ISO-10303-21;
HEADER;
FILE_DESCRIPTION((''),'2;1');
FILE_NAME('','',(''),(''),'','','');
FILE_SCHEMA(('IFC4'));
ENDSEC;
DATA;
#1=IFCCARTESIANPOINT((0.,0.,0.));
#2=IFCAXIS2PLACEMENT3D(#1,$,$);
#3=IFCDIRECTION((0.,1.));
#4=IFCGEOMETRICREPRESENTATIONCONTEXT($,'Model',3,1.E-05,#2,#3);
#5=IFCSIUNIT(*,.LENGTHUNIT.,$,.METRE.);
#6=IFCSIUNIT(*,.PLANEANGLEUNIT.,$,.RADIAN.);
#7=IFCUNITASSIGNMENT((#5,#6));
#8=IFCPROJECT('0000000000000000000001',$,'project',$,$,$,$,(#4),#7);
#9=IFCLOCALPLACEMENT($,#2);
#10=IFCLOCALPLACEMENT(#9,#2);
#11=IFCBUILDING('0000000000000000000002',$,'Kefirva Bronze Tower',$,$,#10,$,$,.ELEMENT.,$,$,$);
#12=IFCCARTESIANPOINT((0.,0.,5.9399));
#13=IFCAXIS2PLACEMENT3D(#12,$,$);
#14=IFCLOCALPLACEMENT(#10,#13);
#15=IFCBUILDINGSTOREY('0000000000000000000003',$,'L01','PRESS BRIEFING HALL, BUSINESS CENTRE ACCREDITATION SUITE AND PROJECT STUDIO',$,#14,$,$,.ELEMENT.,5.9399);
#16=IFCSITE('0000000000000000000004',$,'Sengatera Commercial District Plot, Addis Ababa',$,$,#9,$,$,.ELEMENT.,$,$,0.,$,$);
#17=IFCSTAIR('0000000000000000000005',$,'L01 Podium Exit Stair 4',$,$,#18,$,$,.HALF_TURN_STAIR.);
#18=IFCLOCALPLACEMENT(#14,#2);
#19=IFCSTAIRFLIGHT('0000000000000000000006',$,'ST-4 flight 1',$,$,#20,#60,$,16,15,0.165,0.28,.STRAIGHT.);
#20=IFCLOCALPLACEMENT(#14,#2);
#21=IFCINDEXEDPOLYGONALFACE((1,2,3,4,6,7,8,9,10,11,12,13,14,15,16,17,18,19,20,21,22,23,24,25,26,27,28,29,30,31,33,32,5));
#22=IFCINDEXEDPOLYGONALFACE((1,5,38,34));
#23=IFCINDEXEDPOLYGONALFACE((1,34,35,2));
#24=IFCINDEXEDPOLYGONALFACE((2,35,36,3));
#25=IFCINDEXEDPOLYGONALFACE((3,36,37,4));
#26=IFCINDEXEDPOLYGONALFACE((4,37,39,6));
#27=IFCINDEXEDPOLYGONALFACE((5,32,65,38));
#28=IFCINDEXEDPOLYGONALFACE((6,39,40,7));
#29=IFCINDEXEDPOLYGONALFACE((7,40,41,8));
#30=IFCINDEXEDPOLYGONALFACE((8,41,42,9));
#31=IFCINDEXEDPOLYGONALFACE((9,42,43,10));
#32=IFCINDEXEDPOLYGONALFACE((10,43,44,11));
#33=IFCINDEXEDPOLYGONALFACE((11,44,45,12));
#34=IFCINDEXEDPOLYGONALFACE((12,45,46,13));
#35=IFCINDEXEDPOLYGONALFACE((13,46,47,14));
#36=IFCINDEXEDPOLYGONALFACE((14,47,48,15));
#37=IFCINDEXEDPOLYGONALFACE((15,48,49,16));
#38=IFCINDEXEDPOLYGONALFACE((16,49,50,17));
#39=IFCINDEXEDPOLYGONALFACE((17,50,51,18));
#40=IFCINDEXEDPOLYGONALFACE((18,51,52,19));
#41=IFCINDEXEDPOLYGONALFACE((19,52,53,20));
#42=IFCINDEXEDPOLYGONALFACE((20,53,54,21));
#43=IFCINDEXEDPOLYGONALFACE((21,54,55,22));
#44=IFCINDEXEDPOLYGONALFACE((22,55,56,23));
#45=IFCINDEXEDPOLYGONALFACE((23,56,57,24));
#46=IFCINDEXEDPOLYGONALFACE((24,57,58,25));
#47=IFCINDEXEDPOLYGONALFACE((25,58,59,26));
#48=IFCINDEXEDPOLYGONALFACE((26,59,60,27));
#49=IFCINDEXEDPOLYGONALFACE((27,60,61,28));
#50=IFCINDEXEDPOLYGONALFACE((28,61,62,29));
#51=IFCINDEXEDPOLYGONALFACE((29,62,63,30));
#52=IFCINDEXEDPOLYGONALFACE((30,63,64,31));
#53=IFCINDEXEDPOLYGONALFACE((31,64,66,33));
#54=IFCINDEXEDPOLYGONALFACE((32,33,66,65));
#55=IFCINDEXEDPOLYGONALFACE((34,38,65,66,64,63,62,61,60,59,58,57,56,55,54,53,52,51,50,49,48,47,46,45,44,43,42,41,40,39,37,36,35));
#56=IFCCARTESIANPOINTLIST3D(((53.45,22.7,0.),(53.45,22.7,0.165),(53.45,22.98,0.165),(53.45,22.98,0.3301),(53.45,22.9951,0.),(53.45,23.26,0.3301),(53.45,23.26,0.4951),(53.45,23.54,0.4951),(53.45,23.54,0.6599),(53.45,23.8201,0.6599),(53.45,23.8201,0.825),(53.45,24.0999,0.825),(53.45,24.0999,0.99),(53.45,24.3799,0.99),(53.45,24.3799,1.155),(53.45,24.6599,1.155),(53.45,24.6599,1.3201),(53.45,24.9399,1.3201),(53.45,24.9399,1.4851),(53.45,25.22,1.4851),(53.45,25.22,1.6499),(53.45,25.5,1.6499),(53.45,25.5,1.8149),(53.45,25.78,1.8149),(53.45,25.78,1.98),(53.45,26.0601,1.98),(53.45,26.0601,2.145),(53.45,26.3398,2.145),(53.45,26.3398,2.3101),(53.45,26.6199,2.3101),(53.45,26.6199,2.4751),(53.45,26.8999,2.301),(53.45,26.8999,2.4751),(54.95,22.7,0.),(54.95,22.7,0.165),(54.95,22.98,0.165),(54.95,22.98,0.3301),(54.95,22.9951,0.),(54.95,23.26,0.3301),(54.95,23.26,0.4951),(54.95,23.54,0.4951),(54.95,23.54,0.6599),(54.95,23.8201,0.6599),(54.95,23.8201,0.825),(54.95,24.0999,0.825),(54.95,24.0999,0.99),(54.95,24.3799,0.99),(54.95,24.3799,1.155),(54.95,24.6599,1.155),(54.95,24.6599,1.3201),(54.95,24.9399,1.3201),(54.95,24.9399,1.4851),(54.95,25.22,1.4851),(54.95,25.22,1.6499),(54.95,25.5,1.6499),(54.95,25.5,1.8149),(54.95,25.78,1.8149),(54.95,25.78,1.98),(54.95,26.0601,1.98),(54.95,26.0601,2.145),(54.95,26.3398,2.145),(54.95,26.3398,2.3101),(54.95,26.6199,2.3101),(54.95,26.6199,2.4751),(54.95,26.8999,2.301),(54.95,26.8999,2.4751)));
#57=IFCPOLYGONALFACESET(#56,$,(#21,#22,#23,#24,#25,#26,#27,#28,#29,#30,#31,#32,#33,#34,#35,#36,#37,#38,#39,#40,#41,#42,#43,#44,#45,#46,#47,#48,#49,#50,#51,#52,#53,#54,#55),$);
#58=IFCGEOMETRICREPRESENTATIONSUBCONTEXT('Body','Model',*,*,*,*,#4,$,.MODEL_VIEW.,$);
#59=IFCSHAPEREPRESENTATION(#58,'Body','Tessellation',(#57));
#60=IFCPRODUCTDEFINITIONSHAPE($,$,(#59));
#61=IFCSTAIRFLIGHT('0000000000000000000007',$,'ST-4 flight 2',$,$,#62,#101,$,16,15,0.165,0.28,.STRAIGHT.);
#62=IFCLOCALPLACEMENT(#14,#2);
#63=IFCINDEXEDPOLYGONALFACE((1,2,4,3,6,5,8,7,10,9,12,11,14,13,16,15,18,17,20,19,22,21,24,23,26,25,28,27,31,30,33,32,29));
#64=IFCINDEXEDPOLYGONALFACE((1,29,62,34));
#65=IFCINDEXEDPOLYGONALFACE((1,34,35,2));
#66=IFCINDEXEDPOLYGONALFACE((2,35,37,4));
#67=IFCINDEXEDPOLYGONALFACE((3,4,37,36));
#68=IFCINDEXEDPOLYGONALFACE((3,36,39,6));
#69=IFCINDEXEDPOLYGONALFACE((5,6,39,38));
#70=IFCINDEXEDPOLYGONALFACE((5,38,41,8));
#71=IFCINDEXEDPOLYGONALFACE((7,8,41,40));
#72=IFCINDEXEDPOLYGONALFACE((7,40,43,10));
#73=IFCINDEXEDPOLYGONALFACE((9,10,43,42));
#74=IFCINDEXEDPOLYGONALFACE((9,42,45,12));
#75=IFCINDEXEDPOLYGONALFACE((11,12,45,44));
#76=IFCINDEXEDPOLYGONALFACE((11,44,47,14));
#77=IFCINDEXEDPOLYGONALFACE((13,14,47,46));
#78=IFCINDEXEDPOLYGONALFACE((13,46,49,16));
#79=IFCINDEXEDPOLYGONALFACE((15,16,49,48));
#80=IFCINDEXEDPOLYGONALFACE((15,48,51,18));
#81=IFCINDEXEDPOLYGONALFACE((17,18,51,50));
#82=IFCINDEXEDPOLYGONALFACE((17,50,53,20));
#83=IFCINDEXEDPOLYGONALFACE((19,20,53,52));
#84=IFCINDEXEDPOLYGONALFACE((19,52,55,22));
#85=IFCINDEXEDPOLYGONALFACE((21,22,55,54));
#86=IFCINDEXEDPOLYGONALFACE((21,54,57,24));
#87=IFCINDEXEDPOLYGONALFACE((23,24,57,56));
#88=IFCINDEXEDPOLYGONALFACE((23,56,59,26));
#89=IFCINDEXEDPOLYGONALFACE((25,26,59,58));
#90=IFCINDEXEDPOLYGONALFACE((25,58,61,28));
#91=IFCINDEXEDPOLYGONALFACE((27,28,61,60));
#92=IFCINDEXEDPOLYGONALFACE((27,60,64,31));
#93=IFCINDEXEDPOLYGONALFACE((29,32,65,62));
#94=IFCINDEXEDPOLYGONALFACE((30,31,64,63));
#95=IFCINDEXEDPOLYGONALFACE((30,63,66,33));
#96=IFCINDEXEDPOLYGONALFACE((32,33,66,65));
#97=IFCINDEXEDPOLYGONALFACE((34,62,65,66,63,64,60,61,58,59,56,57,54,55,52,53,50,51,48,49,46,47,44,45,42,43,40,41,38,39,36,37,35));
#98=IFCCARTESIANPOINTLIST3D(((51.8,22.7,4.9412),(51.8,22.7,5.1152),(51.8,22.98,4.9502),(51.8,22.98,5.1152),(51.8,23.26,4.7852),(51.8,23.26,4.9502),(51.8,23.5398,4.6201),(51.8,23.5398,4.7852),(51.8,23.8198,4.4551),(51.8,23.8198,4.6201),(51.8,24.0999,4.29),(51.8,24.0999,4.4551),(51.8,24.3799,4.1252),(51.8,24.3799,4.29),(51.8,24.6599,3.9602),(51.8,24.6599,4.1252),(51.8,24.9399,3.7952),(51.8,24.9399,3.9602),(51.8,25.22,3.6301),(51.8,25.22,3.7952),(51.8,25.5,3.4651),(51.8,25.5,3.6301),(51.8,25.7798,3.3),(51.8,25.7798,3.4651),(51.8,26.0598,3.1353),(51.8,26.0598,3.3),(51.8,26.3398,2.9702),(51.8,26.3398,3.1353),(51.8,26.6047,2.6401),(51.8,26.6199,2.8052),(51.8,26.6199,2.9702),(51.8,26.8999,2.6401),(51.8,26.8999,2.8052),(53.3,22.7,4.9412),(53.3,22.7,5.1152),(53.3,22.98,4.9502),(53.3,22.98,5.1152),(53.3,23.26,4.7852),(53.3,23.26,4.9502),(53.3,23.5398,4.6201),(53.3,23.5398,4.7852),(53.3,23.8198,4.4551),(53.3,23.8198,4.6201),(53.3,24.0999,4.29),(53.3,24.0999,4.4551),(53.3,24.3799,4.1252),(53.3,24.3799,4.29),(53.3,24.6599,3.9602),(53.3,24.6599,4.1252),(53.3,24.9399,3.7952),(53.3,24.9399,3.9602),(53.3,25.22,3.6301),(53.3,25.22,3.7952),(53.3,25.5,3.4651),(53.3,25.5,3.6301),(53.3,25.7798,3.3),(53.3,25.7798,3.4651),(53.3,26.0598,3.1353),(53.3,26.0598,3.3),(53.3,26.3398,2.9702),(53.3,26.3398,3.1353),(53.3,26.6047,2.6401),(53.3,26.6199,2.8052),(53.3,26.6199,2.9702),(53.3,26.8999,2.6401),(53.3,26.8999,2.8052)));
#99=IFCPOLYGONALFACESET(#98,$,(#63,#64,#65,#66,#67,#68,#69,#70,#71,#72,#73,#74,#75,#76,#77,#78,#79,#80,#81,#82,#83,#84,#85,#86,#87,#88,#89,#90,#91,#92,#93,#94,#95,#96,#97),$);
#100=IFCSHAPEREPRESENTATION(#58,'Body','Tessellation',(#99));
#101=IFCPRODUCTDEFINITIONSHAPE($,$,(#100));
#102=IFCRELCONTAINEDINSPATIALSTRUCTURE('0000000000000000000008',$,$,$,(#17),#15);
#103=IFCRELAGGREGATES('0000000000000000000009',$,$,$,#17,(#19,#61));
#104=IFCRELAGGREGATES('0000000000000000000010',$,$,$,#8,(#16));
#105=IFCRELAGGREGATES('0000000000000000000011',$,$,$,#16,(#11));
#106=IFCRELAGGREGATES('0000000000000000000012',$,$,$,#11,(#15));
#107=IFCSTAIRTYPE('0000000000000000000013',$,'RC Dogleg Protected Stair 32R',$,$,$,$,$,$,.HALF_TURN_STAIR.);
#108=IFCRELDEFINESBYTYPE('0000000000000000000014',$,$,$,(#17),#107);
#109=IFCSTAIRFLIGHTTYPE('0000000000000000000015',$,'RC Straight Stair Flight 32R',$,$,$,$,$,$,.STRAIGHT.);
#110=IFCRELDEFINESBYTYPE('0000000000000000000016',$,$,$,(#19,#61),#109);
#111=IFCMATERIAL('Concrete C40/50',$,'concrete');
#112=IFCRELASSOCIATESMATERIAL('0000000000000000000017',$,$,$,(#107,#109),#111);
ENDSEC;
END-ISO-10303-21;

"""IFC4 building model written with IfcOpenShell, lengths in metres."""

from ifc_helpers import new_model, si_unit, direction, frame, origin, place, context, subcontext, project, spatial, polyline, outline, extrude, material, type_object, element, aggregate, save


model = new_model("IFC4")

# Units and contexts
model_context = context("Model", 3, precision=1e-05, world=origin(), true_north=direction((0.0, 1.0)))
body_context = subcontext(model_context, "Body", "Model", "MODEL_VIEW")
ifc_project = project(units=[si_unit("LENGTHUNIT", "METRE"), si_unit("PLANEANGLEUNIT", "RADIAN")], contexts=[model_context])

# Site, building, storey
site_placement = place(None, origin())
site = spatial("IfcSite", under=ifc_project, at=site_placement, Name="Sengatera Commercial District Plot, Addis Ababa", CompositionType="ELEMENT", RefElevation=0.0)
building_placement = place(site_placement, origin())
building = spatial("IfcBuilding", under=site, at=building_placement, Name="Kefirva Bronze Tower", CompositionType="ELEMENT")
storey_placement = place(building_placement, frame((0.0, 0.0, 5.9399)))
storey = spatial("IfcBuildingStorey", under=building, at=storey_placement, Name="L01", Description="PRESS BRIEFING HALL, BUSINESS CENTRE ACCREDITATION SUITE AND PROJECT STUDIO", CompositionType="ELEMENT", Elevation=5.9399)

# Stair, stair flights
ifc_material_1 = material(Name="Concrete C40/50", Category="concrete")
stair_type = type_object("IfcStairType", Name="RC Dogleg Protected Stair 32R", PredefinedType="HALF_TURN_STAIR", material=ifc_material_1)
stair_placement = place(storey_placement, origin())
stair = element("IfcStair", 1, at=stair_placement, inside=storey, type_object=stair_type, Name="L01 Podium Exit Stair 4", PredefinedType="HALF_TURN_STAIR")
stair_flight_type = type_object("IfcStairFlightType", Name="RC Straight Stair Flight 32R", PredefinedType="STRAIGHT", material=ifc_material_1)
stair_flight_1_placement = place(storey_placement, frame((54.2, 22.7, 0.0), z_axis=(0.0, 0.0, 1.0), x_axis=(0.0, 1.0, 0.0)))
stair_flight_1 = element("IfcStairFlight", 2, at=stair_flight_1_placement, type_object=stair_flight_type, Name="ST-4 flight 1", NumberOfRisers=16, NumberOfTreads=15, PredefinedType="STRAIGHT", RiserHeight=0.165, TreadLength=0.28, context=body_context, shape_type="SweptSolid", body=[
    extrude(outline(polyline([(0.0, 0.0), (0.0, 0.165), (0.28, 0.165), (0.28, 0.3301), (0.5601, 0.3301), (0.5601, 0.4951), (0.8401, 0.4951), (0.8401, 0.6599), (1.1201, 0.6599), (1.1201, 0.825), (1.3999, 0.825), (1.3999, 0.99), (1.6799, 0.99), (1.6799, 1.155), (1.96, 1.155), (1.96, 1.3201), (2.24, 1.3201), (2.24, 1.4851), (2.52, 1.4851), (2.52, 1.6499), (2.8, 1.6499), (2.8, 1.8149), (3.0801, 1.8149), (3.0801, 1.98), (3.3601, 1.98), (3.3601, 2.145), (3.6399, 2.145), (3.6399, 2.3101), (3.9199, 2.3101), (3.9199, 2.4751), (4.2, 2.4751), (4.2, 2.6399), (4.2, 2.301), (0.2952, 0.0), (0.0, 0.0)])), frame((0.0, 0.75, 0.0), z_axis=(0.0, -1.0, 0.0), x_axis=(1.0, 0.0, 0.0)), (0.0, 0.0, 1.0), 1.5),
])
stair_flight_2_placement = place(storey_placement, frame((52.55, 26.8999, 2.6401), z_axis=(0.0, 0.0, 1.0), x_axis=(0.0, -1.0, 0.0)))
stair_flight_2 = element("IfcStairFlight", 3, at=stair_flight_2_placement, type_object=stair_flight_type, Name="ST-4 flight 2", NumberOfRisers=16, NumberOfTreads=15, PredefinedType="STRAIGHT", RiserHeight=0.165, TreadLength=0.28, context=body_context, shape_type="SweptSolid", body=[
    extrude(outline(polyline([(0.0, 0.0), (0.0, 0.165), (0.28, 0.165), (0.28, 0.3301), (0.5601, 0.3301), (0.5601, 0.4951), (0.8401, 0.4951), (0.8401, 0.6599), (1.1201, 0.6599), (1.1201, 0.825), (1.3999, 0.825), (1.3999, 0.99), (1.6799, 0.99), (1.6799, 1.155), (1.96, 1.155), (1.96, 1.3201), (2.24, 1.3201), (2.24, 1.4851), (2.52, 1.4851), (2.52, 1.6499), (2.8, 1.6499), (2.8, 1.8149), (3.0801, 1.8149), (3.0801, 1.98), (3.3601, 1.98), (3.3601, 2.145), (3.6399, 2.145), (3.6399, 2.3101), (3.9199, 2.3101), (3.9199, 2.4751), (4.2, 2.4751), (4.2, 2.6399), (4.2, 2.301), (0.2952, 0.0), (0.0, 0.0)])), frame((0.0, 0.75, 0.0), z_axis=(0.0, -1.0, 0.0), x_axis=(1.0, 0.0, 0.0)), (0.0, 0.0, 1.0), 1.5),
])
aggregate(stair, [stair_flight_1, stair_flight_2])

save(model, "model.ifc")
